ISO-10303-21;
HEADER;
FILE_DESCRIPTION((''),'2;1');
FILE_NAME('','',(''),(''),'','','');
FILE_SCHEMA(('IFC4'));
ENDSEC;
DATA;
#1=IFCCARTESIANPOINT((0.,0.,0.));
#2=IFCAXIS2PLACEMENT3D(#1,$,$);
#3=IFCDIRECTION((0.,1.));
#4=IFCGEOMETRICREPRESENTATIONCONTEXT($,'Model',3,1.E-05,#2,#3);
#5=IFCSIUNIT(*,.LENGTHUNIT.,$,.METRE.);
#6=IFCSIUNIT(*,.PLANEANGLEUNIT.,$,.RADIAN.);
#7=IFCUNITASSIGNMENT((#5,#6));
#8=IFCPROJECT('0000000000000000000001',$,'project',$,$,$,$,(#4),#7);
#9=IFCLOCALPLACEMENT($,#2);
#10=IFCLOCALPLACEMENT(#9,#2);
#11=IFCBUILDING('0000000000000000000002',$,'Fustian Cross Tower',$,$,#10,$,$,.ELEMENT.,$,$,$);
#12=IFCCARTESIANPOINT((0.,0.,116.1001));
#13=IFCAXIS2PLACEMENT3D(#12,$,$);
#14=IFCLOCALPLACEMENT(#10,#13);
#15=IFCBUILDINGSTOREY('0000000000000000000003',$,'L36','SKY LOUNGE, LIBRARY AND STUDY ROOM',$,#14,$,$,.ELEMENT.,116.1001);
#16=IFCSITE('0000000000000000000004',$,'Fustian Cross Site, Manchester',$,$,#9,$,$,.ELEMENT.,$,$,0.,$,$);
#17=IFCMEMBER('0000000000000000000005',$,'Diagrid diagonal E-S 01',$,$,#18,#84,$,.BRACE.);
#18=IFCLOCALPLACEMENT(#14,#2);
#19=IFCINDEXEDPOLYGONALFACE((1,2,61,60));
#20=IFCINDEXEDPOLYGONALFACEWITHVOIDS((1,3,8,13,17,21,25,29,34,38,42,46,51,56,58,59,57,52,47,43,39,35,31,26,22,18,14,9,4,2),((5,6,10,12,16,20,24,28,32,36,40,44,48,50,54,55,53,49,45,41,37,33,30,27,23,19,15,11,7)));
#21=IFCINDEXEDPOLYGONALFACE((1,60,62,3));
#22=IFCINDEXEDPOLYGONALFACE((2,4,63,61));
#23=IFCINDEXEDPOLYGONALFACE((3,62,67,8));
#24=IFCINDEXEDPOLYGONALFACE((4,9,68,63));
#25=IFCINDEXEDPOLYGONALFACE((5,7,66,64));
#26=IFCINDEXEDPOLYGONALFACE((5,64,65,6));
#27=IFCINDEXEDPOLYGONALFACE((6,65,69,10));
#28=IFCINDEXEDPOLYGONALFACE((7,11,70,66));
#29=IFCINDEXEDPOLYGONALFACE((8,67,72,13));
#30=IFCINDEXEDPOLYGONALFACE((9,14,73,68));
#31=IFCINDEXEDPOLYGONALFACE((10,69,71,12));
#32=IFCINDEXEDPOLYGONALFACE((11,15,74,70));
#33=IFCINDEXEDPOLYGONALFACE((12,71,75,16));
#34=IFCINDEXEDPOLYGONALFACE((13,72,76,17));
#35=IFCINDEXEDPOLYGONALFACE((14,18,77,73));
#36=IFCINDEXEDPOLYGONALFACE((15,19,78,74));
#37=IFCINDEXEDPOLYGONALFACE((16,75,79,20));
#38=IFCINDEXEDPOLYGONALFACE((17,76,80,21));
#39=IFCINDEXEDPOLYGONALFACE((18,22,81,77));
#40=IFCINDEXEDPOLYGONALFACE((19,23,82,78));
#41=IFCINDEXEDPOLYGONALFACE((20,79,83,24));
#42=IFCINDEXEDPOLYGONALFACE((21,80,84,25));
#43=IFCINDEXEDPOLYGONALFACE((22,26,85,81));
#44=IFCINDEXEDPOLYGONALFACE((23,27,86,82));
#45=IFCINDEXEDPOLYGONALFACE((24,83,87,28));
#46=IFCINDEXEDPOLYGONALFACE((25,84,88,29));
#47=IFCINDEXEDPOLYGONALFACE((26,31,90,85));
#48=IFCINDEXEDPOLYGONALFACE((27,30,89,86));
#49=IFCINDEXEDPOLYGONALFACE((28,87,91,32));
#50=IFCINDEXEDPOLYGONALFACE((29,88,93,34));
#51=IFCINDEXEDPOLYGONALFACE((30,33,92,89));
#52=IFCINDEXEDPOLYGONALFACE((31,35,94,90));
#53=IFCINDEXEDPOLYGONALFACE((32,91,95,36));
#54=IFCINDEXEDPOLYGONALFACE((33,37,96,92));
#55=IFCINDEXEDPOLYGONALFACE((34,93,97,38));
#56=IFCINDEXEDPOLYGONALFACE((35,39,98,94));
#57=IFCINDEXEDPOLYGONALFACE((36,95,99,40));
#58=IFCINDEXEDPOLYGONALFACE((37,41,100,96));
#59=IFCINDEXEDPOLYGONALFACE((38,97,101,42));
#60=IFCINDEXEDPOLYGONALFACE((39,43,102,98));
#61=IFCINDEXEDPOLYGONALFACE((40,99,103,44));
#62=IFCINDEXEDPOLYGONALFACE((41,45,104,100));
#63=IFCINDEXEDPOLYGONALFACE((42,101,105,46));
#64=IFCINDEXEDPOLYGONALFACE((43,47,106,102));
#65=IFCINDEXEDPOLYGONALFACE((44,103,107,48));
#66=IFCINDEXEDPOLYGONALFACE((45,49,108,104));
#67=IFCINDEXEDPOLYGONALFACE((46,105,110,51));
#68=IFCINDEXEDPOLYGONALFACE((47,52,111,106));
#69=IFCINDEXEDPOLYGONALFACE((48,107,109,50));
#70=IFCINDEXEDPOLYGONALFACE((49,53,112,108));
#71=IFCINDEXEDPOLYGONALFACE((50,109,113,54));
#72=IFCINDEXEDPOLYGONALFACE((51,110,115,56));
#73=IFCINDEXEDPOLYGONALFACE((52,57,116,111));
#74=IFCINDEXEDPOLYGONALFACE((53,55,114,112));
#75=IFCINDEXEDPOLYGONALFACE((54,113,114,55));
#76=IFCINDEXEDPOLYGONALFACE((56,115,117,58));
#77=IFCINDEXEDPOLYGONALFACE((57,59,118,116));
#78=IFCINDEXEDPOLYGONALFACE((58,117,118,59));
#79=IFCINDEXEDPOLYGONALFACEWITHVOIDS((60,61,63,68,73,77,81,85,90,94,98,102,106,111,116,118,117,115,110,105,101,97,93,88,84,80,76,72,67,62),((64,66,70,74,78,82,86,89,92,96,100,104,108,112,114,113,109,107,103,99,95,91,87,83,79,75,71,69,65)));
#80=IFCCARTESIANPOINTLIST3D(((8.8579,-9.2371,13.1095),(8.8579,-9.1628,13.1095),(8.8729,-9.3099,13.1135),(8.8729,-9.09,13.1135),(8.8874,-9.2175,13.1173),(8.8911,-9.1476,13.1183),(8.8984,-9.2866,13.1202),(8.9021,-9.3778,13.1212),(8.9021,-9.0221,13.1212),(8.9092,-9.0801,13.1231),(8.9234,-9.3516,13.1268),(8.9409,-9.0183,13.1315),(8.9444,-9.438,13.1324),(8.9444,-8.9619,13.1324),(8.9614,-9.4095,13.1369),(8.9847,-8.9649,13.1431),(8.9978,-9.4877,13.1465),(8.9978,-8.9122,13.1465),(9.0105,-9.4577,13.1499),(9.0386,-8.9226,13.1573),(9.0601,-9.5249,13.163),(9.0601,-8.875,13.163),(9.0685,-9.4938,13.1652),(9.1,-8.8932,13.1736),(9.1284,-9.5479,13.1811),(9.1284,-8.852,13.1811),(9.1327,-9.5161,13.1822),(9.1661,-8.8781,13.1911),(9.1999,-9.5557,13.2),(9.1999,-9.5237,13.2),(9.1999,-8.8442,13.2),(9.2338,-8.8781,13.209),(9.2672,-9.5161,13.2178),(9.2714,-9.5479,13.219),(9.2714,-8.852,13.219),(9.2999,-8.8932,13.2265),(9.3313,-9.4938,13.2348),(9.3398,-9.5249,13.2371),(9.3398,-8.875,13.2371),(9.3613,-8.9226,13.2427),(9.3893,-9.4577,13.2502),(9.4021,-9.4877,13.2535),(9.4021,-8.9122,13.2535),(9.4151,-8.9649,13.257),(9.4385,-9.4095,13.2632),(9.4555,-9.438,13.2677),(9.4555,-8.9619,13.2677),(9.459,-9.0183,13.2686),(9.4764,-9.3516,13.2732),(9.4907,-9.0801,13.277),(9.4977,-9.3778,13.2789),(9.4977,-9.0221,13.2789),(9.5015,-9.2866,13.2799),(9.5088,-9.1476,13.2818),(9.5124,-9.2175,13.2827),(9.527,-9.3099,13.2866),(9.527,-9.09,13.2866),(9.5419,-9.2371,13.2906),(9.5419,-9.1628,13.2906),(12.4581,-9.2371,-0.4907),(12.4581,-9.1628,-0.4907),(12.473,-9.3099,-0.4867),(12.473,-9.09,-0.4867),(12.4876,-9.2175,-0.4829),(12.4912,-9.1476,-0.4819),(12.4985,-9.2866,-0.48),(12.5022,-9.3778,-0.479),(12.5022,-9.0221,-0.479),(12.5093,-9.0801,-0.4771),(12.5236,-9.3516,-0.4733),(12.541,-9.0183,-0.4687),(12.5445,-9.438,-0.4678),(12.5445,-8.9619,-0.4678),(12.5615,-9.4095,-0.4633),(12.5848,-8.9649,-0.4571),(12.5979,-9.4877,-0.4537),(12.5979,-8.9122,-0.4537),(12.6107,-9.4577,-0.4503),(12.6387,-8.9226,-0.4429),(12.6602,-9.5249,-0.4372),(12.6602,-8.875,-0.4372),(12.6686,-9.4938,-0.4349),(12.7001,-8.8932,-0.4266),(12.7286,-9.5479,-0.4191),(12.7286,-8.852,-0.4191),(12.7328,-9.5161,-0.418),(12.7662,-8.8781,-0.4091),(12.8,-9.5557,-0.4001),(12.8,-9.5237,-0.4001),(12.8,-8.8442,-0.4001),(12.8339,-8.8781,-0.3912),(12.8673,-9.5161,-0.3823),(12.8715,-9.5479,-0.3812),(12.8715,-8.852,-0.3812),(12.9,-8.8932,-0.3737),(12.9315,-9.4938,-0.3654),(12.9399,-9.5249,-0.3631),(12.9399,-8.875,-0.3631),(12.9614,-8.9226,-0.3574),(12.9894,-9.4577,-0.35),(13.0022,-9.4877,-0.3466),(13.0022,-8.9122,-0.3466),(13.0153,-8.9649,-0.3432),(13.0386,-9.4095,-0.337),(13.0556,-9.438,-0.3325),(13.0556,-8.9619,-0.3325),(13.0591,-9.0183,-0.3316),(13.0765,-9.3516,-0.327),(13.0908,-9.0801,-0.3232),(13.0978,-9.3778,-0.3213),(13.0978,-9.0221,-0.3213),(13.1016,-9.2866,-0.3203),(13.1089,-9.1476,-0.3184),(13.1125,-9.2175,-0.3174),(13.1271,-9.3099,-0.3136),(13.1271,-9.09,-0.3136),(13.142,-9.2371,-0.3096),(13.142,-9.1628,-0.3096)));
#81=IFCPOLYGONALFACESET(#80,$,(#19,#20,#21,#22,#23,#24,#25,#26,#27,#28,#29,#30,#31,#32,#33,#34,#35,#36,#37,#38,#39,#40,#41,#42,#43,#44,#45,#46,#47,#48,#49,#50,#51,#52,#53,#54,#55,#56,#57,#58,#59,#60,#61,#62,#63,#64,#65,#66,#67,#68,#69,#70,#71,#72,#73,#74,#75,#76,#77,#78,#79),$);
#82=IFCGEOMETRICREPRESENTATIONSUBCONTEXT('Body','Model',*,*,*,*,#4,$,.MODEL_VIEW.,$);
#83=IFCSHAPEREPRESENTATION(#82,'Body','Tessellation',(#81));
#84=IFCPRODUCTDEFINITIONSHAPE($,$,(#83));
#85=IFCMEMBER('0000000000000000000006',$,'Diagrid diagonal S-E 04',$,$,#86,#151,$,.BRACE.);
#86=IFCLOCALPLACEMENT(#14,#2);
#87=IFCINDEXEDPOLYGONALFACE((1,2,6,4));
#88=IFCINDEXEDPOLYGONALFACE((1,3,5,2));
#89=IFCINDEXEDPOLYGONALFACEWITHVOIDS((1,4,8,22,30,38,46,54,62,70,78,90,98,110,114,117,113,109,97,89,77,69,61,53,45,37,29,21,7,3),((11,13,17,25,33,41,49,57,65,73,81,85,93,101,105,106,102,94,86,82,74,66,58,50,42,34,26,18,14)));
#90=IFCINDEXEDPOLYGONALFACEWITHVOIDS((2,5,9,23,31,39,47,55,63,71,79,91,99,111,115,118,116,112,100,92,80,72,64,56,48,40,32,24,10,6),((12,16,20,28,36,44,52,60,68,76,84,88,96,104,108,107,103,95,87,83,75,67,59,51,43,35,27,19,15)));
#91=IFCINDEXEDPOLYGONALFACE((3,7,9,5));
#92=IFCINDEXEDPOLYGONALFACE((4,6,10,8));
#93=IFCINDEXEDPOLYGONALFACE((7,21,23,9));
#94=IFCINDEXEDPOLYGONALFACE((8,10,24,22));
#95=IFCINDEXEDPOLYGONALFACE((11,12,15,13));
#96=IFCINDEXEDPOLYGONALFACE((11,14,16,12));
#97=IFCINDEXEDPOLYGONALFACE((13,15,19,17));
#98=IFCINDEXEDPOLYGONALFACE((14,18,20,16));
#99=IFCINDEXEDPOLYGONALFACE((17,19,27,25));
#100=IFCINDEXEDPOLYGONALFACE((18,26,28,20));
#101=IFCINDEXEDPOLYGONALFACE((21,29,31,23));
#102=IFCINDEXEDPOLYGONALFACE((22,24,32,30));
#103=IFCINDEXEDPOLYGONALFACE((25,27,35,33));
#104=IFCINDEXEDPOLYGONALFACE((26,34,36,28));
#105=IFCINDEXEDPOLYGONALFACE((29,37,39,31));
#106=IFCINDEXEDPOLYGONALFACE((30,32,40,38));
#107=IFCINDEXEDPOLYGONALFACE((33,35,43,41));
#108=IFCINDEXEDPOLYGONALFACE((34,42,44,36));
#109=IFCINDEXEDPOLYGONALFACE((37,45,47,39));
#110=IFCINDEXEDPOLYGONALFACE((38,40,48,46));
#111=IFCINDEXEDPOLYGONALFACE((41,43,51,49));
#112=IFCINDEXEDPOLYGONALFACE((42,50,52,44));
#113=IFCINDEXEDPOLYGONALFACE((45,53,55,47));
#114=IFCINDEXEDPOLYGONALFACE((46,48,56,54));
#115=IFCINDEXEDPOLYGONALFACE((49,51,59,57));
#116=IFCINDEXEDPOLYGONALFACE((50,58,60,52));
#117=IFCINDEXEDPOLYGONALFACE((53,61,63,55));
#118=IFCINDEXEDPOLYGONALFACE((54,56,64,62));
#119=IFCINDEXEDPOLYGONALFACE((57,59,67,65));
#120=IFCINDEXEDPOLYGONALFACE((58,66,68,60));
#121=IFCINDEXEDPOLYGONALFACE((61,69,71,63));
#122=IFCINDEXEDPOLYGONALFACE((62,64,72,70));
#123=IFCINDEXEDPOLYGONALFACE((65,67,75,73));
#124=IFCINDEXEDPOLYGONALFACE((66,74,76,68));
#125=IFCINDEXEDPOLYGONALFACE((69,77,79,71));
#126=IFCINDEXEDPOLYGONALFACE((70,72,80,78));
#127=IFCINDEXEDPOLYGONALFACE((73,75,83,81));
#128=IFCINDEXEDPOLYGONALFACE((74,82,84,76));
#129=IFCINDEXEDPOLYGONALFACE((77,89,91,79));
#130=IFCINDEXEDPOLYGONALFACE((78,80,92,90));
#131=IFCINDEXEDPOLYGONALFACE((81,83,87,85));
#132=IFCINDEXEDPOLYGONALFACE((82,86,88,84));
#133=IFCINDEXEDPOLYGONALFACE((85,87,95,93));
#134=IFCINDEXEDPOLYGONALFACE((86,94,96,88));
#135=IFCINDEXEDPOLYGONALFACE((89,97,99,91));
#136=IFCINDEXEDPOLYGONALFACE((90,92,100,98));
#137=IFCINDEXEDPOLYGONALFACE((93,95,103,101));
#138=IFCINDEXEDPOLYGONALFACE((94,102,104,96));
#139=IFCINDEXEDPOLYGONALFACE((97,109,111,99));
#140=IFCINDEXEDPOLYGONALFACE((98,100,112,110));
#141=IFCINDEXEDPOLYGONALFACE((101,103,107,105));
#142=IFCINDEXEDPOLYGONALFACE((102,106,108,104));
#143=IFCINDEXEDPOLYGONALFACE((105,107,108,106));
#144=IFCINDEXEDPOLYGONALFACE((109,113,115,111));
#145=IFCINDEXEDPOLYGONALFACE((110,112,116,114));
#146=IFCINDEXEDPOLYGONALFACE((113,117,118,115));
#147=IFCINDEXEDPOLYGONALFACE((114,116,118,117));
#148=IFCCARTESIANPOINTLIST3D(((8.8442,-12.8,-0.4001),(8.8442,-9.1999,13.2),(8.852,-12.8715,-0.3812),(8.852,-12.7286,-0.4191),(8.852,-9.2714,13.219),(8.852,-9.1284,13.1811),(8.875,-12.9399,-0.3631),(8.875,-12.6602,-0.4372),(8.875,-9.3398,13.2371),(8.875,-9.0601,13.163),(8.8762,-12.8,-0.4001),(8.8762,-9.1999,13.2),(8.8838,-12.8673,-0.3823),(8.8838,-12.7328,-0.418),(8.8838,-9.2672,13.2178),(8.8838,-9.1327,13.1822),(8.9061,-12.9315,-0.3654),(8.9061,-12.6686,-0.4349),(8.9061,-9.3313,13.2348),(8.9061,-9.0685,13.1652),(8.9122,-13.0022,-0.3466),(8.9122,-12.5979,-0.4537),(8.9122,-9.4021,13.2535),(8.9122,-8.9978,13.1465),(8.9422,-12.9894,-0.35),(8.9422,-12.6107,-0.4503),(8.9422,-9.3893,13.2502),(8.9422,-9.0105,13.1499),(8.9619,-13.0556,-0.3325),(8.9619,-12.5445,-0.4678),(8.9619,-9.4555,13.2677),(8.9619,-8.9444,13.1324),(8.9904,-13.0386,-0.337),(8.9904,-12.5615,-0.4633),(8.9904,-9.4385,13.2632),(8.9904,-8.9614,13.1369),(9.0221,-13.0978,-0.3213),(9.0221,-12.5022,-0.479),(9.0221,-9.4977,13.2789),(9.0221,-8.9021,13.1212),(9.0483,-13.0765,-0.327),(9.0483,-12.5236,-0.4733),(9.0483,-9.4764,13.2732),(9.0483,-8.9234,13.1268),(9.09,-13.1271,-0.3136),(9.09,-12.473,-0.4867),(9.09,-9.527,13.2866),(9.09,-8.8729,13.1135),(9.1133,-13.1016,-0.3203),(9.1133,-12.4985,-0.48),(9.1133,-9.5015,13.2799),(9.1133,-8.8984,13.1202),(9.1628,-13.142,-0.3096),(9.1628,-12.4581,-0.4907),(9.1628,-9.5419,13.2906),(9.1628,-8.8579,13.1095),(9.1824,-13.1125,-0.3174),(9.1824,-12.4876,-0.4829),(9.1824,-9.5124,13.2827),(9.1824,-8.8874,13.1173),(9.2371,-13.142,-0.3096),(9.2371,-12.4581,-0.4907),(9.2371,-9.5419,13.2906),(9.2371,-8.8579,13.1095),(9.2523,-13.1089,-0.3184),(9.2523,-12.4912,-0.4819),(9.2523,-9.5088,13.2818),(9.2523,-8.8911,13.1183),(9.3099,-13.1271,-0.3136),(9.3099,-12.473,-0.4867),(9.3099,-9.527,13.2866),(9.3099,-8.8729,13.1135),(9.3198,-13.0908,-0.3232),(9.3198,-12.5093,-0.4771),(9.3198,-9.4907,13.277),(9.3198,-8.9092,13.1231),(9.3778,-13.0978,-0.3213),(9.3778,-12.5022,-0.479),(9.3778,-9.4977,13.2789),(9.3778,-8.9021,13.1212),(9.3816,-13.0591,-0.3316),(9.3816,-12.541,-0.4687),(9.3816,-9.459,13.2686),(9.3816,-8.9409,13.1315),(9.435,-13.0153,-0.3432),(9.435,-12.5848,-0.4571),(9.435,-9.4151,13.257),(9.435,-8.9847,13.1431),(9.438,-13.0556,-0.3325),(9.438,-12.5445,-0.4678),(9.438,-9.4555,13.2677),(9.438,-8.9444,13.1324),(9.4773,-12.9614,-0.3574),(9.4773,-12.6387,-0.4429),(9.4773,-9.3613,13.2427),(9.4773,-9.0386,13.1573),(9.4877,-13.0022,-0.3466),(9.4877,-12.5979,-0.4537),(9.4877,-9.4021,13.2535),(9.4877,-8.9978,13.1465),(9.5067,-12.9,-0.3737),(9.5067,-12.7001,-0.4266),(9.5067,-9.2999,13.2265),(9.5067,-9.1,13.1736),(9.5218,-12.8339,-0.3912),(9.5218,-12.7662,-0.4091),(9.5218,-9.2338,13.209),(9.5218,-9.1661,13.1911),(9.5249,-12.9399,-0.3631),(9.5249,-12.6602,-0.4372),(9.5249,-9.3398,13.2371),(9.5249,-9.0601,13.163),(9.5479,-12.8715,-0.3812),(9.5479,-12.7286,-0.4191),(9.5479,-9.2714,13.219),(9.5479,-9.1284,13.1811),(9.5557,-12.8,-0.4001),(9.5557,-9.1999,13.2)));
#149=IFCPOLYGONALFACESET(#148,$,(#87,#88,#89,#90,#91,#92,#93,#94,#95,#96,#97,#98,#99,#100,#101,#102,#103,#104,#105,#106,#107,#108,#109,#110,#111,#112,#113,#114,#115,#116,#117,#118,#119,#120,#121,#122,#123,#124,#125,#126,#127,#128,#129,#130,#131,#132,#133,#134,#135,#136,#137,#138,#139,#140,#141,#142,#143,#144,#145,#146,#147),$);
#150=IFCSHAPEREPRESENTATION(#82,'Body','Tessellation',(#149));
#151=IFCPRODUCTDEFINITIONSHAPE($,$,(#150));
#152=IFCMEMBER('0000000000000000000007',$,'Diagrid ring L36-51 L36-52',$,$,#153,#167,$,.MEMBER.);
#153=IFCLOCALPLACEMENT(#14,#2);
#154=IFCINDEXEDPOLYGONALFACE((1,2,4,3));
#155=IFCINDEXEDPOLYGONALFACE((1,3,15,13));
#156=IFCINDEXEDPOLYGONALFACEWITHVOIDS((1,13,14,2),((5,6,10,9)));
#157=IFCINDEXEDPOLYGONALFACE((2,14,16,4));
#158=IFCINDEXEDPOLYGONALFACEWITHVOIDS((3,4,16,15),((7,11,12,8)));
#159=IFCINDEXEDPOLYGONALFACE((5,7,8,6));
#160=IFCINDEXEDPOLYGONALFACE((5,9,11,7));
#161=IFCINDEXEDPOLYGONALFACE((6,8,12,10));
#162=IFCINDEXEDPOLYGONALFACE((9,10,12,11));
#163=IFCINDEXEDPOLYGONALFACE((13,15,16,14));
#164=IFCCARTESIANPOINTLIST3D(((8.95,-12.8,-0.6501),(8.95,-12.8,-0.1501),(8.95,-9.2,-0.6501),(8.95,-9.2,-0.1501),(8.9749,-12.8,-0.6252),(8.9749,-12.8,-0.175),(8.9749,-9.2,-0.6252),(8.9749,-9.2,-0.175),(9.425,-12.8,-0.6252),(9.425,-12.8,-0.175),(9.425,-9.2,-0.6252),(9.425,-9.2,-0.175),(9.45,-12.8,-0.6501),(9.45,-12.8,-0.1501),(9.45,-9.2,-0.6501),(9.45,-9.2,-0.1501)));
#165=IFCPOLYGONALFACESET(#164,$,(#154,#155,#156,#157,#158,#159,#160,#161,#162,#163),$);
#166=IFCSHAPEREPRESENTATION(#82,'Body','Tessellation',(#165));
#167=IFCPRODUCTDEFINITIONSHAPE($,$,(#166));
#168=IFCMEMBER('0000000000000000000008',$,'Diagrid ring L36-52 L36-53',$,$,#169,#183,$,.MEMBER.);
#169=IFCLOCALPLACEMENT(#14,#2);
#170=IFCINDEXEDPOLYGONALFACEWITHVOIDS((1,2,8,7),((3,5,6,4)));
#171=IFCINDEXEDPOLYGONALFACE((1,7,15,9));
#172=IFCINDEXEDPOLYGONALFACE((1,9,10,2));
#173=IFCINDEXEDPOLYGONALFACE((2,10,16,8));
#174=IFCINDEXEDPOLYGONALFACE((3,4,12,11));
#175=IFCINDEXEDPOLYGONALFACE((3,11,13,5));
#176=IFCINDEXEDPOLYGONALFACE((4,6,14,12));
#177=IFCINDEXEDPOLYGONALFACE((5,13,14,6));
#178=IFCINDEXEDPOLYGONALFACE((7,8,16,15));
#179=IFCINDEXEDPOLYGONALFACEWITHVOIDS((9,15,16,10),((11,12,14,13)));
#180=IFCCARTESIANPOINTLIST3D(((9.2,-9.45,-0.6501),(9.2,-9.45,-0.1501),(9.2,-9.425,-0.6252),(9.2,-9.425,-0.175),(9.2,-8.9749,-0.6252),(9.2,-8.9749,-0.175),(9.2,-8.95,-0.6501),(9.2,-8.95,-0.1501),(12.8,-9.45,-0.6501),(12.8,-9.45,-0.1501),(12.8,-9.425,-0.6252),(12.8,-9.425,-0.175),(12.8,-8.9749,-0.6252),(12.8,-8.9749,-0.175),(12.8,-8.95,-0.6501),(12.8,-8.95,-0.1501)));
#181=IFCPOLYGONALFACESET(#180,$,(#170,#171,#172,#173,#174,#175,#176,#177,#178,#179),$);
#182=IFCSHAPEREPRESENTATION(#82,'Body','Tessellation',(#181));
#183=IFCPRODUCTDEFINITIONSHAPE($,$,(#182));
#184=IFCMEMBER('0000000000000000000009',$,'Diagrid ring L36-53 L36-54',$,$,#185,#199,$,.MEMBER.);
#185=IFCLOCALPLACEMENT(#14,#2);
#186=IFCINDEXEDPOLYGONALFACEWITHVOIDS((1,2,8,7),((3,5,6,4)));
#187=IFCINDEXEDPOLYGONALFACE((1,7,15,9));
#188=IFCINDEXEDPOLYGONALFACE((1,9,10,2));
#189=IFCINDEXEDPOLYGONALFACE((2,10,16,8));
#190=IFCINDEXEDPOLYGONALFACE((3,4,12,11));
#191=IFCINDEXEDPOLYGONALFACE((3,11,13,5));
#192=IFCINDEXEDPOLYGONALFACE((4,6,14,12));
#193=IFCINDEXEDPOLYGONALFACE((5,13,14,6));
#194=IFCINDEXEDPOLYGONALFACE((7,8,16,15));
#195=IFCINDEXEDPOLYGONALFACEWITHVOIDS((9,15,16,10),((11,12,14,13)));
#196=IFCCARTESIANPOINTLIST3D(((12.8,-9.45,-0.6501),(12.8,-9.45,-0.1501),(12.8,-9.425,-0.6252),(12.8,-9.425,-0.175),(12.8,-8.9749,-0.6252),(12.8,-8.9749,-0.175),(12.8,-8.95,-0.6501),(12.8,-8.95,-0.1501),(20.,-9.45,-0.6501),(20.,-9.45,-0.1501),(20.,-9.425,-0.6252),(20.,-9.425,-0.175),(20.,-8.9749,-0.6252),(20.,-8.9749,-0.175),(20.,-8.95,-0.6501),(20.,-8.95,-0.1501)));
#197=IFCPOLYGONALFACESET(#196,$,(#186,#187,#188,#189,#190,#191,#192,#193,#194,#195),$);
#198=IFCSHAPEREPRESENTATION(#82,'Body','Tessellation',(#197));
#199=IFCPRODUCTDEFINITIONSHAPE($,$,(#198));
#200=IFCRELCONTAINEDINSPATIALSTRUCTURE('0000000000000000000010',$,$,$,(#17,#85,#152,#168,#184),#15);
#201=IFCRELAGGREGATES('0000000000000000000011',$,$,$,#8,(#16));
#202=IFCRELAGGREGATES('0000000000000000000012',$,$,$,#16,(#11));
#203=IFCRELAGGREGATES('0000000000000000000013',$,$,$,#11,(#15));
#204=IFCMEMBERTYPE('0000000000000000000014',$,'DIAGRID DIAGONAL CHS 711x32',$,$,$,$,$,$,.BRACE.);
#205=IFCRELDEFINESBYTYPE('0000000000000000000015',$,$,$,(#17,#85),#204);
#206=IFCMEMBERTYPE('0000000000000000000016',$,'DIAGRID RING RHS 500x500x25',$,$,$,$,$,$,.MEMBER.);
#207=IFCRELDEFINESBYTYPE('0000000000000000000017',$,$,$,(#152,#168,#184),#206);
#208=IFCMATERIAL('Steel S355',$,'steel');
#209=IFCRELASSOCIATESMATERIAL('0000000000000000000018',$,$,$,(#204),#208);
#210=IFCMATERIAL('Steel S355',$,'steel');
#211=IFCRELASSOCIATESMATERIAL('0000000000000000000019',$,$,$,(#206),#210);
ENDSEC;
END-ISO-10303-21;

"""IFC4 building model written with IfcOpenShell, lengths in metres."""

from ifc_helpers import new_model, si_unit, direction, frame, origin, origin_2d, place, context, subcontext, project, spatial, hollow_rectangle, hollow_circle, extrude, material, material_profile, profile_set, type_object, element, save


model = new_model("IFC4")

# Units and contexts
model_context = context("Model", 3, precision=1e-05, world=origin(), true_north=direction((0.0, 1.0)))
body_context = subcontext(model_context, "Body", "Model", "MODEL_VIEW")
ifc_project = project(units=[si_unit("LENGTHUNIT", "METRE"), si_unit("PLANEANGLEUNIT", "RADIAN")], contexts=[model_context])

# Site, building, storey
site_placement = place(None, origin())
site = spatial("IfcSite", under=ifc_project, at=site_placement, Name="Fustian Cross Site, Manchester", CompositionType="ELEMENT", RefElevation=0.0)
building_placement = place(site_placement, origin())
building = spatial("IfcBuilding", under=site, at=building_placement, Name="Fustian Cross Tower", CompositionType="ELEMENT")
storey_placement = place(building_placement, frame((0.0, 0.0, 116.1001)))
storey = spatial("IfcBuildingStorey", under=building, at=storey_placement, Name="L36", Description="SKY LOUNGE, LIBRARY AND STUDY ROOM", CompositionType="ELEMENT", Elevation=116.1001)

# Members
ifc_material_1 = material(Name="Steel S355", Category="steel")
ifc_material_profile_1 = material_profile(ifc_material_1, hollow_circle(Radius=0.3557, WallThickness=0.032, at=origin_2d()), Name="CHS 711x32")
ifc_profile_set_1 = profile_set([ifc_material_profile_1], Name="Steel S355")
member_type_1 = type_object("IfcMemberType", Name="DIAGRID DIAGONAL CHS 711x32", PredefinedType="BRACE", material=ifc_profile_set_1)
for number, where, z_axis, x_axis, name in (
    (1, (12.8, -9.2, -0.4001), (-0.255897, 0.0, 0.966704), (0.0, -1.0, 0.0), "Diagrid diagonal E-S 01"),
    (2, (9.2, -12.8, -0.4001), (0.0, 0.255897, 0.966704), (-1.0, 0.0, 0.0), "Diagrid diagonal S-E 04"),
):
    element("IfcMember", number, at=place(storey_placement, frame(where, z_axis=z_axis, x_axis=x_axis)), inside=storey, type_object=member_type_1, Name=name, PredefinedType="BRACE", context=body_context, shape_type="SweptSolid", body=[
        extrude(hollow_circle(Radius=0.3557, WallThickness=0.032, at=origin_2d()), origin(), (0.0, 0.0, 1.0), 14.0686),
    ])
ifc_material_2 = material(Name="Steel S355", Category="steel")
ifc_material_profile_2 = material_profile(ifc_material_2, hollow_rectangle(XDim=0.5, YDim=0.5, WallThickness=0.0249, at=origin_2d()), Name="RHS 500x500x25")
ifc_profile_set_2 = profile_set([ifc_material_profile_2], Name="Steel S355")
member_type_2 = type_object("IfcMemberType", Name="DIAGRID RING RHS 500x500x25", PredefinedType="MEMBER", material=ifc_profile_set_2)
for number, where, z_axis, x_axis, name in (
    (3, (9.2, -12.8, -0.4001), (0.0, 1.0, 0.0), (-1.0, 0.0, 0.0), "Diagrid ring L36-51 L36-52"),
    (4, (9.2, -9.2, -0.4001), (1.0, 0.0, 0.0), (0.0, 1.0, 0.0), "Diagrid ring L36-52 L36-53"),
):
    element("IfcMember", number, at=place(storey_placement, frame(where, z_axis=z_axis, x_axis=x_axis)), inside=storey, type_object=member_type_2, Name=name, PredefinedType="MEMBER", context=body_context, shape_type="SweptSolid", body=[
        extrude(hollow_rectangle(XDim=0.5, YDim=0.5, WallThickness=0.0249, at=origin_2d()), origin(), (0.0, 0.0, 1.0), 3.6001),
    ])
member_1_placement = place(storey_placement, frame((12.8, -9.2, -0.4001), z_axis=(1.0, 0.0, 0.0), x_axis=(0.0, 1.0, 0.0)))
element("IfcMember", 5, at=member_1_placement, inside=storey, type_object=member_type_2, Name="Diagrid ring L36-53 L36-54", PredefinedType="MEMBER", context=body_context, shape_type="SweptSolid", body=[
    extrude(hollow_rectangle(XDim=0.5, YDim=0.5, WallThickness=0.0249, at=origin_2d()), origin(), (0.0, 0.0, 1.0), 7.2),
])

save(model, "model.ifc")
